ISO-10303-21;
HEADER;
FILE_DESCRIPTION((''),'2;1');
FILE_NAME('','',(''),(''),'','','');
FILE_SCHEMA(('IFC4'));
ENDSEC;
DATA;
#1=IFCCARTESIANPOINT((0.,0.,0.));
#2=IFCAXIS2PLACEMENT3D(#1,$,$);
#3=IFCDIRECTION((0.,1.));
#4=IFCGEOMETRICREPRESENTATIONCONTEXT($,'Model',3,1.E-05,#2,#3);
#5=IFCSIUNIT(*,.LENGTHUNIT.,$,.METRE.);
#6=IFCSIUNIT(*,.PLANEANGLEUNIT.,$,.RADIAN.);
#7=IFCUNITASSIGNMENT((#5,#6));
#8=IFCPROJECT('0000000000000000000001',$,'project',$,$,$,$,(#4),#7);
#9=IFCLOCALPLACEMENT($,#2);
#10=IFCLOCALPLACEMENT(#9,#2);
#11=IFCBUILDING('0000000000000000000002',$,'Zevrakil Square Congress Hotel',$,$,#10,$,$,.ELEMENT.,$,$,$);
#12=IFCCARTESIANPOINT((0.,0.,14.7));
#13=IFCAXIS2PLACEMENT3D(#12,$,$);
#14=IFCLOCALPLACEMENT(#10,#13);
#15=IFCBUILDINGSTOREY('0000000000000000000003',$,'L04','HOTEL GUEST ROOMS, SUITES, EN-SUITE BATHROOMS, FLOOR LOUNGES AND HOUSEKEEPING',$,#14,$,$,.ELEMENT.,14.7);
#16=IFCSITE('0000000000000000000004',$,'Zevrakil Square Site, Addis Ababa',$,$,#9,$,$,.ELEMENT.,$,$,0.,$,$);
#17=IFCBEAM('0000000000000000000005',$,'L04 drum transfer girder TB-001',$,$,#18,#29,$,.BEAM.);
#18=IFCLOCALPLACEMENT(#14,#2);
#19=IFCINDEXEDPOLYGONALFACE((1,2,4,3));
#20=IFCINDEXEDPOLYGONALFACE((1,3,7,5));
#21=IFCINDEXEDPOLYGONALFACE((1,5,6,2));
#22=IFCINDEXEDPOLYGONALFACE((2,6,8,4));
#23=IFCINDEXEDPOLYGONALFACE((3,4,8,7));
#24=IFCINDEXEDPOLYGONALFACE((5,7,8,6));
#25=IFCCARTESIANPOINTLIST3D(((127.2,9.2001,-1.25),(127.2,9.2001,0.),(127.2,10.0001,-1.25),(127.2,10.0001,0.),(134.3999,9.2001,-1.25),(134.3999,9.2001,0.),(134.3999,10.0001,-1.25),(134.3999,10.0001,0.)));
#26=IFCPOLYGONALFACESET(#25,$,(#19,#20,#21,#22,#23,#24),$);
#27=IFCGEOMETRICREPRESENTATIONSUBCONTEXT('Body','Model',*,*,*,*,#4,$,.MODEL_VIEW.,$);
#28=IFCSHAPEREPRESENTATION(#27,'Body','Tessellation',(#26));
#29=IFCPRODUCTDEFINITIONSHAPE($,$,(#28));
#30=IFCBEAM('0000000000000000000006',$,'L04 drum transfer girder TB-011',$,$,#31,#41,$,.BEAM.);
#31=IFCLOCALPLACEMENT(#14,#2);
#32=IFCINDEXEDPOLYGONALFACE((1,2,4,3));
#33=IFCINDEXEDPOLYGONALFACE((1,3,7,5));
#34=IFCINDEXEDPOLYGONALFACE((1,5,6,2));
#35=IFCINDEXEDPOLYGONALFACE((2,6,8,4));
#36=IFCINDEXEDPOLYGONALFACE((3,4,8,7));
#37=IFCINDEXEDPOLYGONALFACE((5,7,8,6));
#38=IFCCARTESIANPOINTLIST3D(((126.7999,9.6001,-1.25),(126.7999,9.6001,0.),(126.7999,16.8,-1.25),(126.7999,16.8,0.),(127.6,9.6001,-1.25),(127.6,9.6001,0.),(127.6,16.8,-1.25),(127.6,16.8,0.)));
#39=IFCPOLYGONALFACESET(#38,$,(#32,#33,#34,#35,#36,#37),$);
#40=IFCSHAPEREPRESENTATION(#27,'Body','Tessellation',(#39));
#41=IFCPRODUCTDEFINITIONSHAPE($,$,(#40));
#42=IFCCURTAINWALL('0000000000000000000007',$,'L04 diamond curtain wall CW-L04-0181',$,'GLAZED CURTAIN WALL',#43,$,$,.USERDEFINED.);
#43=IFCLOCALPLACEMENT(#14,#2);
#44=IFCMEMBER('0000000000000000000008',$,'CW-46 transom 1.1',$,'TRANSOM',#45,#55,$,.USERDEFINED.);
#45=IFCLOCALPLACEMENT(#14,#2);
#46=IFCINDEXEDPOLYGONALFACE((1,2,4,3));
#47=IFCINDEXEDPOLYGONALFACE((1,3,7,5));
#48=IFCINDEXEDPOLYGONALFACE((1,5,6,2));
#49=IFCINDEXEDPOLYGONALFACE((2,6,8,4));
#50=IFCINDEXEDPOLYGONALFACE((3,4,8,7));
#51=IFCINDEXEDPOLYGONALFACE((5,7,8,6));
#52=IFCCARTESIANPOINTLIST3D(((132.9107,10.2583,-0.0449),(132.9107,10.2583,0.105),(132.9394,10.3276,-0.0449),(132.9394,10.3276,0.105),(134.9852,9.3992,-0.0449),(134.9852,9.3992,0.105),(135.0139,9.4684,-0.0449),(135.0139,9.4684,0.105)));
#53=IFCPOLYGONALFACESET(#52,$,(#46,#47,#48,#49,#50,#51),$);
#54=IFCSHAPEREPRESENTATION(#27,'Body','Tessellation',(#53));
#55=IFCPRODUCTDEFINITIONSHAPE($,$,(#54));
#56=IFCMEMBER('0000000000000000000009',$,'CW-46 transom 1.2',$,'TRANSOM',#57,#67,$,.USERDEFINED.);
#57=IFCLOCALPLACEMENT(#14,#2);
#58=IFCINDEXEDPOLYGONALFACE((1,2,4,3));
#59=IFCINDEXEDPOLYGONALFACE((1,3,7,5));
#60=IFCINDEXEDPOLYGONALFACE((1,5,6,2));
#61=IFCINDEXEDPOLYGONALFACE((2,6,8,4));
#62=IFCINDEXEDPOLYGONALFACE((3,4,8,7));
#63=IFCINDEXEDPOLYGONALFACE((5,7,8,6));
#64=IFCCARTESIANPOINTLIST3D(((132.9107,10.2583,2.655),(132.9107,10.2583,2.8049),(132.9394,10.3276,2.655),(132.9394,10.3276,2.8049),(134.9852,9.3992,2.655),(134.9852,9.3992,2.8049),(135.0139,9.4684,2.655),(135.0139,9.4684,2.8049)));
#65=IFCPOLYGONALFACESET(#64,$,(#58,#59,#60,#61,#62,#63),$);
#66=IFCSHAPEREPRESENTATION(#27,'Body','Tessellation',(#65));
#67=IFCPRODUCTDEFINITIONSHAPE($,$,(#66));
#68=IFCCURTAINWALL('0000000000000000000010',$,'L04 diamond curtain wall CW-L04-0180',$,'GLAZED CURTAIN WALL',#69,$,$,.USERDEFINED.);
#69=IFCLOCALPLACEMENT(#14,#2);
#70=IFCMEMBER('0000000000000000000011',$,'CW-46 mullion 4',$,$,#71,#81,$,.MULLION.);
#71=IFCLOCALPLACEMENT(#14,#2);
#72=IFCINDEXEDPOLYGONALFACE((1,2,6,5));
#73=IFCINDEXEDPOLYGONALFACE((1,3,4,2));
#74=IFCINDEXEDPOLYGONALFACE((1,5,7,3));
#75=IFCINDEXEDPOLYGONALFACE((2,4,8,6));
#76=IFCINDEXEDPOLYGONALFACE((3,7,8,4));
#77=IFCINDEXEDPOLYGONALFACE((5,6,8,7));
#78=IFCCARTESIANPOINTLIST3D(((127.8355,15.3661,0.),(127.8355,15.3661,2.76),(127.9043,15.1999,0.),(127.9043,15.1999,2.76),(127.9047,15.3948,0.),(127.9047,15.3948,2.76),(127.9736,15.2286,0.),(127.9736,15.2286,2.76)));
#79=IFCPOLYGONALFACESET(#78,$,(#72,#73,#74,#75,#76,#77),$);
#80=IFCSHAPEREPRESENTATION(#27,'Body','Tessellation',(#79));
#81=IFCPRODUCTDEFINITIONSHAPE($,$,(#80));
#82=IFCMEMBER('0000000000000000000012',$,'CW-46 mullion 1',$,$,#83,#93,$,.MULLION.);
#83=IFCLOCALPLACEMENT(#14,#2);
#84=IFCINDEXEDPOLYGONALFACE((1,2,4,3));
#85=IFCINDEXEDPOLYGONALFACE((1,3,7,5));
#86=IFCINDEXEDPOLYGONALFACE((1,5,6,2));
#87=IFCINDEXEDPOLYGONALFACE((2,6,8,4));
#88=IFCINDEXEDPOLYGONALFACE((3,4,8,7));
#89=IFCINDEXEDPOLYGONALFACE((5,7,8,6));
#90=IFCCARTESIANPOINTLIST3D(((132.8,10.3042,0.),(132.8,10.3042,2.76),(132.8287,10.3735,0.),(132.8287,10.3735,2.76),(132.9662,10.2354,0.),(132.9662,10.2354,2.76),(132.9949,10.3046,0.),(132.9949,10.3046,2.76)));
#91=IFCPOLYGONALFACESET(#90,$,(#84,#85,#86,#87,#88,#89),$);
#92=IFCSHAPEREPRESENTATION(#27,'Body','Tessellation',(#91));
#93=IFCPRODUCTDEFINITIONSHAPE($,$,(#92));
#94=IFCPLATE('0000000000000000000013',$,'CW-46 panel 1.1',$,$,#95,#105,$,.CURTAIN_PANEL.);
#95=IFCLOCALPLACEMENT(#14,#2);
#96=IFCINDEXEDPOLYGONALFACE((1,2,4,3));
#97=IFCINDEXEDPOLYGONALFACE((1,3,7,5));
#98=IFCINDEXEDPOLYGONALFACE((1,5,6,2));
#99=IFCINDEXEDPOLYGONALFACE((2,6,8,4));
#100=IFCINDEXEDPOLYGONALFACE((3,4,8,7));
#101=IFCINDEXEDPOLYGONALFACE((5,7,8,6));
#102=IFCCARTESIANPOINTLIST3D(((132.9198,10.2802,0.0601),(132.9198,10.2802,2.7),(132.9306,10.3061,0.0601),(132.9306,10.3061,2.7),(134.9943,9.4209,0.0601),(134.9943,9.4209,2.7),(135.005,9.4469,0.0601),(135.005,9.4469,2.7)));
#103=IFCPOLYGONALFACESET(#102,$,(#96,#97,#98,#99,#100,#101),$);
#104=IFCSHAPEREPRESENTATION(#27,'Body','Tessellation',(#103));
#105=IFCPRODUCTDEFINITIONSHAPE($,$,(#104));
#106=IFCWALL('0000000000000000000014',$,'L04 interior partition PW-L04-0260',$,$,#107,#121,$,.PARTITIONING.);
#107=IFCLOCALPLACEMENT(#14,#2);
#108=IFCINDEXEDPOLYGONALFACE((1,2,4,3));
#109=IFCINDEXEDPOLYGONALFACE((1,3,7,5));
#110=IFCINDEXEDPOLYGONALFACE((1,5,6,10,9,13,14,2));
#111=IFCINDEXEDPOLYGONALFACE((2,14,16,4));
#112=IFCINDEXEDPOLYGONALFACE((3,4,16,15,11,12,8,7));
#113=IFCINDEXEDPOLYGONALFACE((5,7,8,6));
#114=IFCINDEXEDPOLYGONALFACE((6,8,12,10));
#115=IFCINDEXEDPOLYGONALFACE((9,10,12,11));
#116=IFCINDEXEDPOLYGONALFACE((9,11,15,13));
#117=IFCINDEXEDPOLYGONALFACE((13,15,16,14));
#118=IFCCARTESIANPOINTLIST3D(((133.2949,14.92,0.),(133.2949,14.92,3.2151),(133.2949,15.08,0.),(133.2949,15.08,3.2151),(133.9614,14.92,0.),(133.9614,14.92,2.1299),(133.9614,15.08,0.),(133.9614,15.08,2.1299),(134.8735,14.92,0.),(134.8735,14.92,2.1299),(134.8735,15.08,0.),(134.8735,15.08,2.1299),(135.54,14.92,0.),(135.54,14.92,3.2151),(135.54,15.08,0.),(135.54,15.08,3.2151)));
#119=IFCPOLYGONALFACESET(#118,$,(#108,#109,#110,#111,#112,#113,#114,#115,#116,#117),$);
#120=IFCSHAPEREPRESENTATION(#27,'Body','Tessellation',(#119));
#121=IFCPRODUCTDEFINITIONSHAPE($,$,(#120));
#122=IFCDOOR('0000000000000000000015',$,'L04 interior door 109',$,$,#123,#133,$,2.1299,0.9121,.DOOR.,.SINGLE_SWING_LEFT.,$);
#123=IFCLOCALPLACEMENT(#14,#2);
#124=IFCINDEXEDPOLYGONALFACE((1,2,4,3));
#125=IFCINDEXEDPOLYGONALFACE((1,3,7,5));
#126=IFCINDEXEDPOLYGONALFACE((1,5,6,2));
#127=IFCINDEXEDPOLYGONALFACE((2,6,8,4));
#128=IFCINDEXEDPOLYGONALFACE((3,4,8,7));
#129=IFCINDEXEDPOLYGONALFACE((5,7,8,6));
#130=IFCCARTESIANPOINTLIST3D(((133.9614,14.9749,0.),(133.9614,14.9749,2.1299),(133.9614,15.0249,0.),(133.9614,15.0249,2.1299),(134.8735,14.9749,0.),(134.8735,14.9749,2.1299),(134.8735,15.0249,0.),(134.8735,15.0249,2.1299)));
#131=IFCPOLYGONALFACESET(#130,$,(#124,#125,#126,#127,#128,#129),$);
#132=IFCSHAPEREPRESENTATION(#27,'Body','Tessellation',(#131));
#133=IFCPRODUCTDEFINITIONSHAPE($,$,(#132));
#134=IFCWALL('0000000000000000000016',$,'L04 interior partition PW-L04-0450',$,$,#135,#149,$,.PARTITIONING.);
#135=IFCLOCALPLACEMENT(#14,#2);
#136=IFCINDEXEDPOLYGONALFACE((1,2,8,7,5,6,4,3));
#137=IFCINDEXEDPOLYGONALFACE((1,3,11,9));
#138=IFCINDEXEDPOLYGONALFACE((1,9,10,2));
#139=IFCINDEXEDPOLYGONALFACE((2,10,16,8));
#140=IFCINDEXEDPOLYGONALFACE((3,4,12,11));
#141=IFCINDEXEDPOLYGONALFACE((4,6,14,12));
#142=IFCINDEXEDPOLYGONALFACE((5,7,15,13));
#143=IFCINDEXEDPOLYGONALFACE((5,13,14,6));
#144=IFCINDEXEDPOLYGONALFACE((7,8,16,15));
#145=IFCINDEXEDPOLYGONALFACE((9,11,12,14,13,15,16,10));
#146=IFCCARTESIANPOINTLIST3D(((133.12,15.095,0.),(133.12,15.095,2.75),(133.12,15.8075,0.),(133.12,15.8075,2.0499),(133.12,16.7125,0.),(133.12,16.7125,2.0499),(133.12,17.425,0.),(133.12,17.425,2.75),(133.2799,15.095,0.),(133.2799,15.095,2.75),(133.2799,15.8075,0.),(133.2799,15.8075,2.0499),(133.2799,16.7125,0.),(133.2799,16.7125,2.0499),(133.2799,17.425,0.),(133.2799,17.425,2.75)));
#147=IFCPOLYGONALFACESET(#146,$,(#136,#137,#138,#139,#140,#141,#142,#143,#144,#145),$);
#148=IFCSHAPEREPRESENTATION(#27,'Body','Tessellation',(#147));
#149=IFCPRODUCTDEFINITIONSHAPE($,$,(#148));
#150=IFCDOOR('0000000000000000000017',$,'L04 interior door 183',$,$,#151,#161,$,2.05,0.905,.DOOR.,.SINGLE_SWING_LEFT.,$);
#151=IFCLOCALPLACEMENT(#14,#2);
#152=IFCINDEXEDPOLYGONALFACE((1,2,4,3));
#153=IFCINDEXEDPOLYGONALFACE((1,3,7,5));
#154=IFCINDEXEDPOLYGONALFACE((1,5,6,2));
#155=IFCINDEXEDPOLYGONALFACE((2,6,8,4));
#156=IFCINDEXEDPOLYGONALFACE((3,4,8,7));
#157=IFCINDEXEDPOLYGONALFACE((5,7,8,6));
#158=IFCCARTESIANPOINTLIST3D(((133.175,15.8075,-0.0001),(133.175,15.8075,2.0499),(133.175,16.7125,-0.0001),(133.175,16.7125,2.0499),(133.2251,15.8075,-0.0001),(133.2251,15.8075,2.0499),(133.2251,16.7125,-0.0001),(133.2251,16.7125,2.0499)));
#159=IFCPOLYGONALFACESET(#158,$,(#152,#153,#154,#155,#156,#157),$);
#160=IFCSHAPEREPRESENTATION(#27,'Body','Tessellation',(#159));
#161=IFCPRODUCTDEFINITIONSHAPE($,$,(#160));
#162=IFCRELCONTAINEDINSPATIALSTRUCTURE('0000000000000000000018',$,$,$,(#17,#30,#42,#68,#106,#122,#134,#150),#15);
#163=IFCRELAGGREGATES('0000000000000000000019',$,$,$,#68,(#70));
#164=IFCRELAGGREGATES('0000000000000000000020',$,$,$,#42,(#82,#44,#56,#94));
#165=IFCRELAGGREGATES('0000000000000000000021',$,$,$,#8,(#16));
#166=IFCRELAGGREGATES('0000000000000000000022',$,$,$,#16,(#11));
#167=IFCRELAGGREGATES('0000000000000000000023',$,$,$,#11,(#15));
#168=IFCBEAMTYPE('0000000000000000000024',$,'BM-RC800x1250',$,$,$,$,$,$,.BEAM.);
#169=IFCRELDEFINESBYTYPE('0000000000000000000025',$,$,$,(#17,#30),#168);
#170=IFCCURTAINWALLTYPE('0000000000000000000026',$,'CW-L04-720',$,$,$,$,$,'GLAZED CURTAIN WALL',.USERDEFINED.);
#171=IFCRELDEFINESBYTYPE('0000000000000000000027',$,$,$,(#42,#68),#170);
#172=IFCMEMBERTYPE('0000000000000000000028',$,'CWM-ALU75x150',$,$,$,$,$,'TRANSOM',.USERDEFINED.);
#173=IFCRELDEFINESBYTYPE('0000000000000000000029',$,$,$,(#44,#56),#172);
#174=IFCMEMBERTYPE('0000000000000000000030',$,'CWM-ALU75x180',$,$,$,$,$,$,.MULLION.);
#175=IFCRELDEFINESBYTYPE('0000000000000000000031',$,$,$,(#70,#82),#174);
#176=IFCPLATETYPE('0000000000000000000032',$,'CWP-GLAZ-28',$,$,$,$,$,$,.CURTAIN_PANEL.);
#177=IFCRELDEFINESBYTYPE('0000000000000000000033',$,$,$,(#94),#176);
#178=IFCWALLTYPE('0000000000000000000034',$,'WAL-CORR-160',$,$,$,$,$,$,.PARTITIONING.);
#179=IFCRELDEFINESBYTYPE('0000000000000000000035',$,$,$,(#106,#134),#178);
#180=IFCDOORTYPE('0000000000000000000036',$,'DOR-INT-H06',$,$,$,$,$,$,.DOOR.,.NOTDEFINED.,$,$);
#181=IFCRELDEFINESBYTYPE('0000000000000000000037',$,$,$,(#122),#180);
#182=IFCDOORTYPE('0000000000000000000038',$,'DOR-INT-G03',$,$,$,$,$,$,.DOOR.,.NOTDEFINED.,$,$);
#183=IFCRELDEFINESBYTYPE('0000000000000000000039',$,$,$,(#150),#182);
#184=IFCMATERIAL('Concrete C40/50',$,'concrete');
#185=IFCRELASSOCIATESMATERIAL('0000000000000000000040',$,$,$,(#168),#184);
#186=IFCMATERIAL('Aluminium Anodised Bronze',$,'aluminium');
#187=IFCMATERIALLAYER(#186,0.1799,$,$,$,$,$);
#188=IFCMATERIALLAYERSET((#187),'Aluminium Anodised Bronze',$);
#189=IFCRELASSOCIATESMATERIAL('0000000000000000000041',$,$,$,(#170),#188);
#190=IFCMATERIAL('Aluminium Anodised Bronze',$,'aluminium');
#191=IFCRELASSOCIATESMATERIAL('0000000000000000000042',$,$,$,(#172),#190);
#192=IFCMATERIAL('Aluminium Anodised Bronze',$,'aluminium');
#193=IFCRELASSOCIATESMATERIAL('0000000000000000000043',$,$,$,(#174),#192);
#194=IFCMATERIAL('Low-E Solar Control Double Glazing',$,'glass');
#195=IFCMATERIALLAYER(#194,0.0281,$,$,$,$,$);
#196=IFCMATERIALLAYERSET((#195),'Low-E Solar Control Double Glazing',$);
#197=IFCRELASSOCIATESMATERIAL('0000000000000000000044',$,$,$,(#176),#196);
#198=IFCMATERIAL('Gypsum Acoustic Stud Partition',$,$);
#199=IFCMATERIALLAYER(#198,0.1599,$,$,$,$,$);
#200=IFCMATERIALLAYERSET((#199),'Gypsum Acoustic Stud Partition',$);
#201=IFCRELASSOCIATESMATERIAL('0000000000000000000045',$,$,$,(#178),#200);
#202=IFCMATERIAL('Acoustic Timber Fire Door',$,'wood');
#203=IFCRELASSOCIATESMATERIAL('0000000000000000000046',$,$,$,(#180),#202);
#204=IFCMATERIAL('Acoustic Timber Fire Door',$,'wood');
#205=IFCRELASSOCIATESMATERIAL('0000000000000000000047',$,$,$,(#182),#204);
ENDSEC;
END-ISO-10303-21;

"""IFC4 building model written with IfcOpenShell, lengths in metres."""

from ifc_helpers import new_model, si_unit, direction, frame, frame_2d, origin, origin_2d, place, context, subcontext, project, spatial, rectangle, extrude, material, layer, layer_set, material_profile, profile_set, type_object, element, fill, aggregate, save


model = new_model("IFC4")

# Units and contexts
model_context = context("Model", 3, precision=1e-05, world=origin(), true_north=direction((0.0, 1.0)))
body_context = subcontext(model_context, "Body", "Model", "MODEL_VIEW")
ifc_project = project(units=[si_unit("LENGTHUNIT", "METRE"), si_unit("PLANEANGLEUNIT", "RADIAN")], contexts=[model_context])

# Site, building, storey
site_placement = place(None, origin())
site = spatial("IfcSite", under=ifc_project, at=site_placement, Name="Zevrakil Square Site, Addis Ababa", CompositionType="ELEMENT", RefElevation=0.0)
building_placement = place(site_placement, origin())
building = spatial("IfcBuilding", under=site, at=building_placement, Name="Zevrakil Square Congress Hotel", CompositionType="ELEMENT")
storey_placement = place(building_placement, frame((0.0, 0.0, 14.7)))
storey = spatial("IfcBuildingStorey", under=building, at=storey_placement, Name="L04", Description="HOTEL GUEST ROOMS, SUITES, EN-SUITE BATHROOMS, FLOOR LOUNGES AND HOUSEKEEPING", CompositionType="ELEMENT", Elevation=14.7)

# Beams
ifc_material_1 = material(Name="Concrete C40/50", Category="concrete")
ifc_material_profile_1 = material_profile(ifc_material_1, rectangle(XDim=0.8, YDim=1.25, at=origin_2d()), Name="RC 800x1250")
ifc_profile_set_1 = profile_set([ifc_material_profile_1], Name="Concrete C40/50")
beam_type = type_object("IfcBeamType", Name="BM-RC800x1250", PredefinedType="BEAM", material=ifc_profile_set_1)
for number, where, z_axis, x_axis, name in (
    (1, (127.2, 9.6001, -0.625), (1.0, 0.0, 0.0), (0.0, 1.0, 0.0), "L04 drum transfer girder TB-001"),
    (2, (127.2, 9.6001, -0.625), (0.0, 1.0, 0.0), (-1.0, 0.0, 0.0), "L04 drum transfer girder TB-011"),
):
    element("IfcBeam", number, at=place(storey_placement, frame(where, z_axis=z_axis, x_axis=x_axis)), inside=storey, type_object=beam_type, Name=name, PredefinedType="BEAM", context=body_context, shape_type="SweptSolid", body=[
        extrude(rectangle(XDim=0.8, YDim=1.25, at=origin_2d()), origin(), (0.0, 0.0, 1.0), 7.2),
    ])

# Curtain wall, members
ifc_material_2 = material(Name="Aluminium Anodised Bronze", Category="aluminium")
ifc_layer_1 = layer(ifc_material_2, 0.1799)
ifc_layer_set_1 = layer_set([ifc_layer_1], Name="Aluminium Anodised Bronze")
curtain_wall_type = type_object("IfcCurtainWallType", Name="CW-L04-720", ElementType="GLAZED CURTAIN WALL", PredefinedType="USERDEFINED", material=ifc_layer_set_1)
curtain_wall_1_placement = place(storey_placement, origin())
curtain_wall_1 = element("IfcCurtainWall", 3, at=curtain_wall_1_placement, inside=storey, type_object=curtain_wall_type, Name="L04 diamond curtain wall CW-L04-0181", ObjectType="GLAZED CURTAIN WALL", PredefinedType="USERDEFINED")
ifc_material_3 = material(Name="Aluminium Anodised Bronze", Category="aluminium")
ifc_material_profile_2 = material_profile(ifc_material_3, rectangle(XDim=0.075, YDim=0.1499, at=origin_2d()), Name="ALU 75x150")
ifc_profile_set_2 = profile_set([ifc_material_profile_2], Name="Aluminium Anodised Bronze")
member_type_1 = type_object("IfcMemberType", Name="CWM-ALU75x150", ElementType="TRANSOM", PredefinedType="USERDEFINED", material=ifc_profile_set_2)
member_1_placement = place(storey_placement, frame((132.925, 10.293, 0.03), z_axis=(0.923902, -0.38263, 0.0), x_axis=(0.38263, 0.923902, 0.0)))
member_1 = element("IfcMember", 4, at=member_1_placement, type_object=member_type_1, Name="CW-46 transom 1.1", ObjectType="TRANSOM", PredefinedType="USERDEFINED", context=body_context, shape_type="SweptSolid", body=[
    extrude(rectangle(XDim=0.075, YDim=0.1499, at=origin_2d()), origin(), (0.0, 0.0, 1.0), 2.2454),
])
member_2_placement = place(storey_placement, frame((132.925, 10.293, 2.73), z_axis=(0.923902, -0.38263, 0.0), x_axis=(0.38263, 0.923902, 0.0)))
member_2 = element("IfcMember", 5, at=member_2_placement, type_object=member_type_1, Name="CW-46 transom 1.2", ObjectType="TRANSOM", PredefinedType="USERDEFINED", context=body_context, shape_type="SweptSolid", body=[
    extrude(rectangle(XDim=0.075, YDim=0.1499, at=origin_2d()), origin(), (0.0, 0.0, 1.0), 2.2454),
])

# Curtain wall, member
curtain_wall_2_placement = place(storey_placement, origin())
curtain_wall_2 = element("IfcCurtainWall", 6, at=curtain_wall_2_placement, inside=storey, type_object=curtain_wall_type, Name="L04 diamond curtain wall CW-L04-0180", ObjectType="GLAZED CURTAIN WALL", PredefinedType="USERDEFINED")
ifc_material_4 = material(Name="Aluminium Anodised Bronze", Category="aluminium")
ifc_material_profile_3 = material_profile(ifc_material_4, rectangle(XDim=0.075, YDim=0.1799, at=origin_2d()), Name="ALU 75x180")
ifc_profile_set_3 = profile_set([ifc_material_profile_3], Name="Aluminium Anodised Bronze")
member_type_2 = type_object("IfcMemberType", Name="CWM-ALU75x180", PredefinedType="MULLION", material=ifc_profile_set_3)
member_3_placement = place(storey_placement, frame((127.9045, 15.2974, 0.0), z_axis=(0.0, 0.0, 1.0), x_axis=(0.923879, 0.382684, 0.0)))
member_3 = element("IfcMember", 7, at=member_3_placement, type_object=member_type_2, Name="CW-46 mullion 4", PredefinedType="MULLION", context=body_context, shape_type="SweptSolid", body=[
    extrude(rectangle(XDim=0.075, YDim=0.1799, at=origin_2d()), origin(), (0.0, 0.0, 1.0), 2.76),
])
aggregate(curtain_wall_2, [member_3])

# Member
member_4_placement = place(storey_placement, frame((132.8975, 10.3044, 0.0), z_axis=(0.0, 0.0, 1.0), x_axis=(0.382684, 0.923879, 0.0)))
member_4 = element("IfcMember", 8, at=member_4_placement, type_object=member_type_2, Name="CW-46 mullion 1", PredefinedType="MULLION", context=body_context, shape_type="SweptSolid", body=[
    extrude(rectangle(XDim=0.075, YDim=0.1799, at=origin_2d()), origin(), (0.0, 0.0, 1.0), 2.76),
])

# Plate
ifc_material_5 = material(Name="Low-E Solar Control Double Glazing", Category="glass")
ifc_layer_2 = layer(ifc_material_5, 0.0281)
ifc_layer_set_2 = layer_set([ifc_layer_2], Name="Low-E Solar Control Double Glazing")
plate_type = type_object("IfcPlateType", Name="CWP-GLAZ-28", PredefinedType="CURTAIN_PANEL", material=ifc_layer_set_2)
plate_placement = place(storey_placement, frame((133.9624, 9.8635, 0.0601), z_axis=(0.0, 0.0, 1.0), x_axis=(0.923879, -0.382684, 0.0)))
plate = element("IfcPlate", 9, at=plate_placement, type_object=plate_type, Name="CW-46 panel 1.1", PredefinedType="CURTAIN_PANEL", context=body_context, shape_type="SweptSolid", body=[
    extrude(rectangle(XDim=2.2454, YDim=0.0281, at=origin_2d()), origin(), (0.0, 0.0, 1.0), 2.6399),
])
aggregate(curtain_wall_1, [member_4, member_1, member_2, plate])

# Walls, openings, doors
ifc_material_6 = material(Name="Gypsum Acoustic Stud Partition")
ifc_layer_3 = layer(ifc_material_6, 0.1599)
ifc_layer_set_3 = layer_set([ifc_layer_3], Name="Gypsum Acoustic Stud Partition")
wall_type_1 = type_object("IfcWallType", Name="WAL-CORR-160", PredefinedType="PARTITIONING", material=ifc_layer_set_3)
wall_1_placement = place(storey_placement, frame((133.2949, 15.0, 0.0), z_axis=(0.0, 0.0, 1.0), x_axis=(1.0, 0.0, 0.0)))
wall_1 = element("IfcWall", 10, at=wall_1_placement, inside=storey, type_object=wall_type_1, Name="L04 interior partition PW-L04-0260", PredefinedType="PARTITIONING", context=body_context, shape_type="SweptSolid", body=[
    extrude(rectangle(XDim=2.2451, YDim=0.1599, at=frame_2d((1.1226, 0.0))), origin(), (0.0, 0.0, 1.0), 3.2151),
])
opening_1_placement = place(wall_1_placement, frame((0.6665, 0.0, 0.0)))
opening_1 = element("IfcOpeningElement", 11, at=opening_1_placement, cuts=wall_1, PredefinedType="OPENING", context=body_context, shape_type="SweptSolid", body=[
    extrude(rectangle(XDim=0.9121, YDim=2.1299, at=frame_2d((0.4561, 1.0649))), frame((0.0, 0.0898, 0.0), z_axis=(0.0, -1.0, 0.0), x_axis=(1.0, 0.0, 0.0)), (0.0, 0.0, 1.0), 0.1799),
])
ifc_material_7 = material(Name="Acoustic Timber Fire Door", Category="wood")
door_type_1 = type_object("IfcDoorType", Name="DOR-INT-H06", OperationType="NOTDEFINED", PredefinedType="DOOR", material=ifc_material_7)
door_1_placement = place(opening_1_placement, origin())
door_1 = element("IfcDoor", 12, at=door_1_placement, inside=storey, type_object=door_type_1, Name="L04 interior door 109", OperationType="SINGLE_SWING_LEFT", OverallHeight=2.1299, OverallWidth=0.9121, PredefinedType="DOOR", context=body_context, shape_type="SweptSolid", body=[
    extrude(rectangle(XDim=0.9121, YDim=2.1299, at=frame_2d((0.4561, 1.0649))), frame((0.0, 0.0249, 0.0), z_axis=(0.0, -1.0, 0.0), x_axis=(1.0, 0.0, 0.0)), (0.0, 0.0, 1.0), 0.05),
])
fill(opening_1, door_1)
wall_2_placement = place(storey_placement, frame((133.2, 15.095, 0.0), z_axis=(0.0, 0.0, 1.0), x_axis=(0.0, 1.0, 0.0)))
wall_2 = element("IfcWall", 13, at=wall_2_placement, inside=storey, type_object=wall_type_1, Name="L04 interior partition PW-L04-0450", PredefinedType="PARTITIONING", context=body_context, shape_type="SweptSolid", body=[
    extrude(rectangle(XDim=2.3301, YDim=0.1599, at=frame_2d((1.165, 0.0))), origin(), (0.0, 0.0, 1.0), 2.75),
])
opening_2_placement = place(wall_2_placement, frame((0.7124, 0.0, 0.0)))
opening_2 = element("IfcOpeningElement", 14, at=opening_2_placement, cuts=wall_2, PredefinedType="OPENING", context=body_context, shape_type="SweptSolid", body=[
    extrude(rectangle(XDim=0.905, YDim=2.05, at=frame_2d((0.4526, 1.0249))), frame((0.0, 0.0898, 0.0), z_axis=(0.0, -1.0, 0.0), x_axis=(1.0, 0.0, 0.0)), (0.0, 0.0, 1.0), 0.1799),
])
ifc_material_8 = material(Name="Acoustic Timber Fire Door", Category="wood")
door_type_2 = type_object("IfcDoorType", Name="DOR-INT-G03", OperationType="NOTDEFINED", PredefinedType="DOOR", material=ifc_material_8)
door_2_placement = place(opening_2_placement, origin())
door_2 = element("IfcDoor", 15, at=door_2_placement, inside=storey, type_object=door_type_2, Name="L04 interior door 183", OperationType="SINGLE_SWING_LEFT", OverallHeight=2.05, OverallWidth=0.905, PredefinedType="DOOR", context=body_context, shape_type="SweptSolid", body=[
    extrude(rectangle(XDim=0.905, YDim=2.05, at=frame_2d((0.4526, 1.0249))), frame((0.0, 0.0249, 0.0), z_axis=(0.0, -1.0, 0.0), x_axis=(1.0, 0.0, 0.0)), (0.0, 0.0, 1.0), 0.05),
])
fill(opening_2, door_2)

save(model, "model.ifc")
